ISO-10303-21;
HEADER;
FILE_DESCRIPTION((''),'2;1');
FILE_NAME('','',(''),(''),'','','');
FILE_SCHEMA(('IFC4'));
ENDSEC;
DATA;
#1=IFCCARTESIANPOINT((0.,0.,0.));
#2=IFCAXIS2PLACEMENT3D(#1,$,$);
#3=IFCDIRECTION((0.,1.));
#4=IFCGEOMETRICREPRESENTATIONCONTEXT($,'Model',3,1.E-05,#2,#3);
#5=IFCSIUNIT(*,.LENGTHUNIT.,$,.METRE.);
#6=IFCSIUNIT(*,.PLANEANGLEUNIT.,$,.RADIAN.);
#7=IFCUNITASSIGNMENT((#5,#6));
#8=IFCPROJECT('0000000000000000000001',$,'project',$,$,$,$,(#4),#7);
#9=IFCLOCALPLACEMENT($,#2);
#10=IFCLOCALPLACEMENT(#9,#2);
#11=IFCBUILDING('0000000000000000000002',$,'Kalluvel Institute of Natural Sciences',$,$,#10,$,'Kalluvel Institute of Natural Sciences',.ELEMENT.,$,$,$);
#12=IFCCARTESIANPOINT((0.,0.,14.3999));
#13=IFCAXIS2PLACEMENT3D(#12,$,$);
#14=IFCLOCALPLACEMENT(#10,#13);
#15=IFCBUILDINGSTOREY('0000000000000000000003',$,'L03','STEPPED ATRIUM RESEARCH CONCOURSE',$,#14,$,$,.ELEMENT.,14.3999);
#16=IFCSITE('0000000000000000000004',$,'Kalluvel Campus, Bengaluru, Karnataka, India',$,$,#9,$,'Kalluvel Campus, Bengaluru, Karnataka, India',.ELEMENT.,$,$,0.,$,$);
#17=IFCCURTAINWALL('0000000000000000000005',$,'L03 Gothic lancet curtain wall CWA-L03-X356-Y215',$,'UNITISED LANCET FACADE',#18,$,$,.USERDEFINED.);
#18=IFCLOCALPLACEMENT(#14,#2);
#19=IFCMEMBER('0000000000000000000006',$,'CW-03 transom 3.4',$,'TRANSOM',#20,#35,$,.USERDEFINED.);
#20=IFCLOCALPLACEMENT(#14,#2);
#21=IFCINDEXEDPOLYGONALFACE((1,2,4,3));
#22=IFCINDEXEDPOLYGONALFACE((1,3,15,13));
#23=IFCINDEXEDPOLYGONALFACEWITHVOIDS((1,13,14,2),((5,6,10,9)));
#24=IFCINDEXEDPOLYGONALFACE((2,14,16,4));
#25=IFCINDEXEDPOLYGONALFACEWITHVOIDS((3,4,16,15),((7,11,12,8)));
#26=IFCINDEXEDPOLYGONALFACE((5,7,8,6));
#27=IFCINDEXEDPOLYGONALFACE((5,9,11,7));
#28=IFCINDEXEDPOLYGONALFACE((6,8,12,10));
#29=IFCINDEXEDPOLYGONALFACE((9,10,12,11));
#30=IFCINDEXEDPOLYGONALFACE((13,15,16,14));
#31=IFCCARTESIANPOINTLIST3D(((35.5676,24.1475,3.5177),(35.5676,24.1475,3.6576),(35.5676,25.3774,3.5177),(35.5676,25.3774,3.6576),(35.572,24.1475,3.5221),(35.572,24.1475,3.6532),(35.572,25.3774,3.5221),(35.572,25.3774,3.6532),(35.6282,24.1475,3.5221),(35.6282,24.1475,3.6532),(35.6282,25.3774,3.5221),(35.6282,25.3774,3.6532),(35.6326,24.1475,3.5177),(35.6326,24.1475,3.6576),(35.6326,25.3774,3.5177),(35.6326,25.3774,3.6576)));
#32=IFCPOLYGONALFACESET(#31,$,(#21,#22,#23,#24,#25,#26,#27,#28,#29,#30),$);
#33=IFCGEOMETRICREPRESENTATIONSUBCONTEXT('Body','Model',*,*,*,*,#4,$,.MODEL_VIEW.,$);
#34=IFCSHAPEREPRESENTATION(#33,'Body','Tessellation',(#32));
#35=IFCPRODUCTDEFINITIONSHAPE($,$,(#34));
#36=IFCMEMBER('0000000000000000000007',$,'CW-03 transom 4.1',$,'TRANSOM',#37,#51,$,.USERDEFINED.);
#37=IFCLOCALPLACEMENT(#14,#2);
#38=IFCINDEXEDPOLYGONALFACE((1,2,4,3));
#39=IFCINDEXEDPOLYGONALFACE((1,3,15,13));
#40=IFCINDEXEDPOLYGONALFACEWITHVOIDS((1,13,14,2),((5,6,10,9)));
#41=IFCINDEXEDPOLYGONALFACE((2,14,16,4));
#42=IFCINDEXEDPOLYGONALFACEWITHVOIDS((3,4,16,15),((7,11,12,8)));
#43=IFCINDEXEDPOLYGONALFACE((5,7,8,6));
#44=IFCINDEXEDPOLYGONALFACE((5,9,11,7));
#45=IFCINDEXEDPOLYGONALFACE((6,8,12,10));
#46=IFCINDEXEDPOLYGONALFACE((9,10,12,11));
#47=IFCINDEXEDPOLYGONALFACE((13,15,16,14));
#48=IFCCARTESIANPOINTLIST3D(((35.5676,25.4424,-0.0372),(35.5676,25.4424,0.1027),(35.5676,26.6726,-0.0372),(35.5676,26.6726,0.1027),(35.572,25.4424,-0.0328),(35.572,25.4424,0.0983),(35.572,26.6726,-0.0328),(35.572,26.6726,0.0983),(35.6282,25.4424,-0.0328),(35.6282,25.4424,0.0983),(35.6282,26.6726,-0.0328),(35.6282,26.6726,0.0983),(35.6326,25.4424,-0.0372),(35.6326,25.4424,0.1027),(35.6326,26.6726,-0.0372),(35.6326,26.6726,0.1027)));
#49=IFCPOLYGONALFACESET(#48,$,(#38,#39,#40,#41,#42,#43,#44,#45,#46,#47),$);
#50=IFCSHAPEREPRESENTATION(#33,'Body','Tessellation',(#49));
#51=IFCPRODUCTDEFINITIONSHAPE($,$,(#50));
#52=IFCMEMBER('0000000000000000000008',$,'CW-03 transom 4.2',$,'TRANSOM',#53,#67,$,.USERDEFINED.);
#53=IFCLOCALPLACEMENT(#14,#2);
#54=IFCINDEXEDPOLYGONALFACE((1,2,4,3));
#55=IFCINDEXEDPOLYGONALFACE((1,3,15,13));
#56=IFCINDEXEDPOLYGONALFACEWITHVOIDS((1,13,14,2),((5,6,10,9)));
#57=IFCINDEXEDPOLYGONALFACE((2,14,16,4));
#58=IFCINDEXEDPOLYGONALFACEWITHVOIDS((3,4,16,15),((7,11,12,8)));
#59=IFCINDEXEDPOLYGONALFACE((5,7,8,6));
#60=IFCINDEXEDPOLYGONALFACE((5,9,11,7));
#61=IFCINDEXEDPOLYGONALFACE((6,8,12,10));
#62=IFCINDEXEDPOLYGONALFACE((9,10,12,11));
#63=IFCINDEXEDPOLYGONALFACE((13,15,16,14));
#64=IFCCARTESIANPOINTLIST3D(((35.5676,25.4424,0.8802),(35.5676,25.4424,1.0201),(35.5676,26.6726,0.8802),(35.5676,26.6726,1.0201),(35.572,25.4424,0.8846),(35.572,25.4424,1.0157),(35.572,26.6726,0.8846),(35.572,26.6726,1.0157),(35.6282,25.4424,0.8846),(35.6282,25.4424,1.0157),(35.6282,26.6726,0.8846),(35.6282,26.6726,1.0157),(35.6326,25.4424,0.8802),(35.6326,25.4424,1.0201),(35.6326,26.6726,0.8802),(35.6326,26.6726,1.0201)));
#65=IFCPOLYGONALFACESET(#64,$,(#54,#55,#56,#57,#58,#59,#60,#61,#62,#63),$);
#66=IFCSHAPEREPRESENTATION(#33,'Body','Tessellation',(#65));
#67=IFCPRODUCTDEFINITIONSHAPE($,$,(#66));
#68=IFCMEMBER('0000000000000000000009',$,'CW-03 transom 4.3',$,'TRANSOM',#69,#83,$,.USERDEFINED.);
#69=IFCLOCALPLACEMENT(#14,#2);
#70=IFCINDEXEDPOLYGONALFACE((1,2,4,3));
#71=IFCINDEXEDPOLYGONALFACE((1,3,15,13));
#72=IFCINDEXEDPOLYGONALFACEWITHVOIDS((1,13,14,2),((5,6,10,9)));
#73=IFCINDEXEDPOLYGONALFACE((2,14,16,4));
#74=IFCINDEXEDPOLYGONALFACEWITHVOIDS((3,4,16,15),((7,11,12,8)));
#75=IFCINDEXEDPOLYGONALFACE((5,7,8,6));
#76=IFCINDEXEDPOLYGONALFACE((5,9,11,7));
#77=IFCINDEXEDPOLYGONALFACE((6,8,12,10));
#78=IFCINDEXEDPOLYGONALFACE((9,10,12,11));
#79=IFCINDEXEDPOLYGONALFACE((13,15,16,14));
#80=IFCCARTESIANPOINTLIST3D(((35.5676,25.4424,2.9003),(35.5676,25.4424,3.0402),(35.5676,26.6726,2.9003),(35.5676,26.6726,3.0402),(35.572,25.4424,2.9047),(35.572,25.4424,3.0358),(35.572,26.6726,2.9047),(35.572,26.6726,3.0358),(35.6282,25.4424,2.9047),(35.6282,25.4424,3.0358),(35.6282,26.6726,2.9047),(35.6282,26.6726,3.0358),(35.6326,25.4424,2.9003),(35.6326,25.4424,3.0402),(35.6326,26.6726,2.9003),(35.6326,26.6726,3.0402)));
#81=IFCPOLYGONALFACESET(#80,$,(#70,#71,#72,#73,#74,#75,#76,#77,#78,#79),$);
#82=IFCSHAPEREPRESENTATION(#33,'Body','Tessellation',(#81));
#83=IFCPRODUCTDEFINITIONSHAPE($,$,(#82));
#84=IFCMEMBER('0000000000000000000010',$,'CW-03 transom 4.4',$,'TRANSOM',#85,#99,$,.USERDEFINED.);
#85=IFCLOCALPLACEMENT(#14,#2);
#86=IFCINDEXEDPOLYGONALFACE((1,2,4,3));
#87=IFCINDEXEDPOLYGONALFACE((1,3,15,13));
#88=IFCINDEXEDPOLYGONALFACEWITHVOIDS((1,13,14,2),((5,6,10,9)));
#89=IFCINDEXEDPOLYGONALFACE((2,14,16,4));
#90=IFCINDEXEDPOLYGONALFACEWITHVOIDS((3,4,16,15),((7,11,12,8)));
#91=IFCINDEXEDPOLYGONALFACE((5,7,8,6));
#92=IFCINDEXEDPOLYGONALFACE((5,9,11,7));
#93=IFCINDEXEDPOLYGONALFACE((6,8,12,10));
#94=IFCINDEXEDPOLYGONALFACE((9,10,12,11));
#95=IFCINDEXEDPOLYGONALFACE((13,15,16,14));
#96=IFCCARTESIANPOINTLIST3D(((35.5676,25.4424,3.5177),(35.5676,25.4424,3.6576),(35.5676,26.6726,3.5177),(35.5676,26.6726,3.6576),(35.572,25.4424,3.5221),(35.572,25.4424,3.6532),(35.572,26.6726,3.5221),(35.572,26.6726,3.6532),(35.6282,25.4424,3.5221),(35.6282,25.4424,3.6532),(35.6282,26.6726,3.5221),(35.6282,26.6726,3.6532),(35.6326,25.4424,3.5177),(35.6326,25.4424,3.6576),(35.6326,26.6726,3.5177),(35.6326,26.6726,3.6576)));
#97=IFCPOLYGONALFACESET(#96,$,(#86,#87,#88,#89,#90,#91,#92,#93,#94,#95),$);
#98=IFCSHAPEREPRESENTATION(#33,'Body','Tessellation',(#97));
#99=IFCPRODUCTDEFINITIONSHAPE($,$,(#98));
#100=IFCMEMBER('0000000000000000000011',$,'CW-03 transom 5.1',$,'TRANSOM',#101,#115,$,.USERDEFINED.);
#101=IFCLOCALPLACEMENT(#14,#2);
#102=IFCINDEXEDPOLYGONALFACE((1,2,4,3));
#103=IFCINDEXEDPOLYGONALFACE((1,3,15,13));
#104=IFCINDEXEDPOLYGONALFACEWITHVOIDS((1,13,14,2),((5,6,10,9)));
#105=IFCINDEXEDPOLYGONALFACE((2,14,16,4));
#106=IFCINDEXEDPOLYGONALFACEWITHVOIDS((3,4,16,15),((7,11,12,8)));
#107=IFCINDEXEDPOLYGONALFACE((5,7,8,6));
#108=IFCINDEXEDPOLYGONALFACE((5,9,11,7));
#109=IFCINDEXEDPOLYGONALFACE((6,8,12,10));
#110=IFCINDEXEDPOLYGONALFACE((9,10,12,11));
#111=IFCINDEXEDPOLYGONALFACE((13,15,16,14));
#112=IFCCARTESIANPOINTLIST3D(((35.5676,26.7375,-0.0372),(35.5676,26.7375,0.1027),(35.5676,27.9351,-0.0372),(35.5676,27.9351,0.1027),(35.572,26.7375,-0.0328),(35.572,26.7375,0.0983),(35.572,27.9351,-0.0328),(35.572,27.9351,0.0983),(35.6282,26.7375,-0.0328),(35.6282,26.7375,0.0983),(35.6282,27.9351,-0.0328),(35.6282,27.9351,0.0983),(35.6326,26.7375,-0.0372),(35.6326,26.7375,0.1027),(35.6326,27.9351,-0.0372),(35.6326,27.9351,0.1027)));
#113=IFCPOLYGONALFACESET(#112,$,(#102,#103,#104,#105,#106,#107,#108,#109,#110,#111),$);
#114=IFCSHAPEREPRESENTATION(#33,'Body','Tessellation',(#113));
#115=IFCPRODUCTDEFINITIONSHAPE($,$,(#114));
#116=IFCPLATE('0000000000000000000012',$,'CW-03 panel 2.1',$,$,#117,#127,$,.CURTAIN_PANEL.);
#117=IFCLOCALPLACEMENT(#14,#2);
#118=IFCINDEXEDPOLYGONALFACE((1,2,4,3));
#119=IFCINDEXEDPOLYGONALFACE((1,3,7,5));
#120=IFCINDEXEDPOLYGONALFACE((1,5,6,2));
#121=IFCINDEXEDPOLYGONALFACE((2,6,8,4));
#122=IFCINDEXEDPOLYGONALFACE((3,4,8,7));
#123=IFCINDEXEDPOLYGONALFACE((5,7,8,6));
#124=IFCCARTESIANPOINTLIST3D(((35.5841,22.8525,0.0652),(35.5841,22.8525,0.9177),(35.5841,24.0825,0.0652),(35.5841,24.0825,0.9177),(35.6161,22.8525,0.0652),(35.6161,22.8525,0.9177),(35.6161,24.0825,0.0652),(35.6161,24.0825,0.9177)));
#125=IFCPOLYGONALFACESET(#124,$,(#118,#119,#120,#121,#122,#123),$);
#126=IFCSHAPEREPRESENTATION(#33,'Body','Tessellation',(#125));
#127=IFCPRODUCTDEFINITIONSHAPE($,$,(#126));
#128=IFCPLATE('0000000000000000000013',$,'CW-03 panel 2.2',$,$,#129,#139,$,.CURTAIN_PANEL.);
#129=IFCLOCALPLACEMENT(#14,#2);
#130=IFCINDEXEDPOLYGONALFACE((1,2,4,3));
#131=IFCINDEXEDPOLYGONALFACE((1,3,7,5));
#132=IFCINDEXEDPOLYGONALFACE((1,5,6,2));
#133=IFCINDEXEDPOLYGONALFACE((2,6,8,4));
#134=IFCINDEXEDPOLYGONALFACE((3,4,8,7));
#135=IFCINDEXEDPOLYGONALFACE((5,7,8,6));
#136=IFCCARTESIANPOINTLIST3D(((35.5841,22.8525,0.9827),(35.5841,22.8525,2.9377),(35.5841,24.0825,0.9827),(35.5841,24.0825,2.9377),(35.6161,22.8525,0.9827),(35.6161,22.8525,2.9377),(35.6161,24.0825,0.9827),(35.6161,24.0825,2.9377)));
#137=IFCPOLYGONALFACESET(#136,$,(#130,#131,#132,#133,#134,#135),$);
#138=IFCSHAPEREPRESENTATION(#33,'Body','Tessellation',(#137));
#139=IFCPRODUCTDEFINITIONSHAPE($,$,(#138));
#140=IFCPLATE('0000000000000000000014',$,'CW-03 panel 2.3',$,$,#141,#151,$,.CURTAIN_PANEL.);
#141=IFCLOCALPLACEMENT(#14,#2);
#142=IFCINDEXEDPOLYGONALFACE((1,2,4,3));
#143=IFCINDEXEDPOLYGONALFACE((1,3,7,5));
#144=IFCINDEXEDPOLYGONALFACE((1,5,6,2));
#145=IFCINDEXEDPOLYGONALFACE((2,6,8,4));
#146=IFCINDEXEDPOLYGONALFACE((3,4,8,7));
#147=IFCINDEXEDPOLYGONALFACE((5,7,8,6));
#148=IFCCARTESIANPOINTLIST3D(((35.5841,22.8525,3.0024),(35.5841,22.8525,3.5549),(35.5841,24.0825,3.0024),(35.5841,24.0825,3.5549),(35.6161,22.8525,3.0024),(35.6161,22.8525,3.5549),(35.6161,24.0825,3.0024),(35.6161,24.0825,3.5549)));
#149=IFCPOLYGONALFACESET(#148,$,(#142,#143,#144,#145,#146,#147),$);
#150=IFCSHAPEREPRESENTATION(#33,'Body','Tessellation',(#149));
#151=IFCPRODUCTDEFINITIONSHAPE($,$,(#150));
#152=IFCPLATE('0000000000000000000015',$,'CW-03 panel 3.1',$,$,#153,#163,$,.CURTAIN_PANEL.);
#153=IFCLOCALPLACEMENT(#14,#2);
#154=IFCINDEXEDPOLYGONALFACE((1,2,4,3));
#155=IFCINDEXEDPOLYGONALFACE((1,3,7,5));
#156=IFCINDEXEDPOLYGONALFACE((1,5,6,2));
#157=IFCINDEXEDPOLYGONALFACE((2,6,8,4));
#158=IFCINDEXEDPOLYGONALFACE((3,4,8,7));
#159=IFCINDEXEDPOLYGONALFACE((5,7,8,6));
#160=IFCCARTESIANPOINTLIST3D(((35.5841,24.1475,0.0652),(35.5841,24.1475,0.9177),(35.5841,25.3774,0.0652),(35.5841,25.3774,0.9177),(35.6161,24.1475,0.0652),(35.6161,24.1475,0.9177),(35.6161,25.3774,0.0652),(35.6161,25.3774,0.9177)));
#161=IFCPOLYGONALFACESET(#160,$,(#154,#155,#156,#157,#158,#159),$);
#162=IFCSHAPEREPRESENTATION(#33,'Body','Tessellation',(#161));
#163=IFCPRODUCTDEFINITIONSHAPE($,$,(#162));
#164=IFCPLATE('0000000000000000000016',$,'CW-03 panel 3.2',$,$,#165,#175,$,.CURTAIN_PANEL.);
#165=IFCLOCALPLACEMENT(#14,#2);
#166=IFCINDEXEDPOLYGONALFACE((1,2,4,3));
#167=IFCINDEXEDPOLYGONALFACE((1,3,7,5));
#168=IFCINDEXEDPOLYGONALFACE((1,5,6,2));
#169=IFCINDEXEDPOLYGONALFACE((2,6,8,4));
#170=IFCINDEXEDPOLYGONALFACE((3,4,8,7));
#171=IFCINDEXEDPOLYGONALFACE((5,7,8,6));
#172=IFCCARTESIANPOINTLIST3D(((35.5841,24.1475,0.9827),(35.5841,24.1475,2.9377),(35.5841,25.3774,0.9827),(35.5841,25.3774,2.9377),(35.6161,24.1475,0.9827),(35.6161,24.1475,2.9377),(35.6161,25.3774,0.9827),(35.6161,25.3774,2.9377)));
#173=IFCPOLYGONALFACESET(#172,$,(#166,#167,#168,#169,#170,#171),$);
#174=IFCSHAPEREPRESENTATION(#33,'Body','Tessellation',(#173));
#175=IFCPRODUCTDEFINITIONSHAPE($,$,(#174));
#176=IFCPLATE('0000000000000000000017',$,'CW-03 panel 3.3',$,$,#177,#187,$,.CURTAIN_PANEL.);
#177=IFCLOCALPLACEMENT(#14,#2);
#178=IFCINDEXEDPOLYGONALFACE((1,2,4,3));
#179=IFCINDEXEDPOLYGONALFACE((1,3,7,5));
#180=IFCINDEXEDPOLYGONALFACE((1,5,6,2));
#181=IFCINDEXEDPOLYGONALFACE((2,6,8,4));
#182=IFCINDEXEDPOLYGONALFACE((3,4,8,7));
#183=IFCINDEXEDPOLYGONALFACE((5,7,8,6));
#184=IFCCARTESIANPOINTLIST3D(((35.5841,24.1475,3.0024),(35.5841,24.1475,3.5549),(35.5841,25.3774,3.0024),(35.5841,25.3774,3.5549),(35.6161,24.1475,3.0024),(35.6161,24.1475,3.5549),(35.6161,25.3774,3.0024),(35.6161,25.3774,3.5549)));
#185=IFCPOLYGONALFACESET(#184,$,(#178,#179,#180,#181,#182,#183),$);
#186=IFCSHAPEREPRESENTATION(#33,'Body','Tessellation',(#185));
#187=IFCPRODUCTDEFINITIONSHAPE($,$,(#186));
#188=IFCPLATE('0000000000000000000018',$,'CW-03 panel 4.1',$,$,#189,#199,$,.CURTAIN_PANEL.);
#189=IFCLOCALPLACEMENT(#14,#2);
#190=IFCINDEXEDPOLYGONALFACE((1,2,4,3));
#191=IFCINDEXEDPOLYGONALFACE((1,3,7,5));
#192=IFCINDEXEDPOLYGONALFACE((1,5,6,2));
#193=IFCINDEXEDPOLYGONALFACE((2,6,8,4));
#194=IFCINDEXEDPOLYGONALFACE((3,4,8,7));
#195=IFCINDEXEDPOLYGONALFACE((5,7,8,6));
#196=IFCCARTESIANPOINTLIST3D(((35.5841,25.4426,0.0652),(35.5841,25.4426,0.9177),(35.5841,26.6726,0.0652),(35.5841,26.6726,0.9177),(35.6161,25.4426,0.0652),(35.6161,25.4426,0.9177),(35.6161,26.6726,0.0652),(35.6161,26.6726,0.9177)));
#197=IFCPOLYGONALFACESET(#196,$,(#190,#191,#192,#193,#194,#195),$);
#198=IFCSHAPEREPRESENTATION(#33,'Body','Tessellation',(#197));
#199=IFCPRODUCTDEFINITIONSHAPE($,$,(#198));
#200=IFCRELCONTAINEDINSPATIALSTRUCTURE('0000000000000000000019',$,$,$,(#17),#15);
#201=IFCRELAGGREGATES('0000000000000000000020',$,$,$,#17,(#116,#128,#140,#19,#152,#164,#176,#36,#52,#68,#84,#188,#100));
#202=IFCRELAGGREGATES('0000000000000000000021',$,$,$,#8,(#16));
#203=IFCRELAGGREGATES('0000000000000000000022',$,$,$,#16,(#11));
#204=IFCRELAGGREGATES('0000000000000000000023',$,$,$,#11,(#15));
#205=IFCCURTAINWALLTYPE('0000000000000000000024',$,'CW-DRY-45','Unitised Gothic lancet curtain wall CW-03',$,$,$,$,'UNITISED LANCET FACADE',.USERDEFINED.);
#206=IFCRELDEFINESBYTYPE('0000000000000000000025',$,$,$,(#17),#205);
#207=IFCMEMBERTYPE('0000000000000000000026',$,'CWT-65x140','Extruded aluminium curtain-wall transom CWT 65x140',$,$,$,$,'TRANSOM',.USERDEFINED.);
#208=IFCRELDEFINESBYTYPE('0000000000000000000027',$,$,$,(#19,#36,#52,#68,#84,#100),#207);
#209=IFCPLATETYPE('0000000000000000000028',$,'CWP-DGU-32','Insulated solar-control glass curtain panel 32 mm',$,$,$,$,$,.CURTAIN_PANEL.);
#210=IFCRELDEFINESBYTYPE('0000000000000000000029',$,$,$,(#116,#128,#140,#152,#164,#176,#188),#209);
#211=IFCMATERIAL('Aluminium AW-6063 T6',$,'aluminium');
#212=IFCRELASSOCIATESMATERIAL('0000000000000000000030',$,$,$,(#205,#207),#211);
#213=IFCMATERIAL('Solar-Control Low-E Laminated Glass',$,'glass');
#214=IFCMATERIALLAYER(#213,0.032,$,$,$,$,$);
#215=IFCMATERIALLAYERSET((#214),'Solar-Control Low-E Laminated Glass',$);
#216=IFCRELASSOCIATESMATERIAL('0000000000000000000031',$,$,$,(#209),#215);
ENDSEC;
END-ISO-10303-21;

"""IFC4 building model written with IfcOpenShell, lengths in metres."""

from ifc_helpers import new_model, si_unit, direction, frame, origin, origin_2d, place, context, subcontext, project, spatial, rectangle, hollow_rectangle, extrude, material, layer, layer_set, material_profile, profile_set, type_object, element, aggregate, save


model = new_model("IFC4")

# Units and contexts
model_context = context("Model", 3, precision=1e-05, world=origin(), true_north=direction((0.0, 1.0)))
body_context = subcontext(model_context, "Body", "Model", "MODEL_VIEW")
ifc_project = project(units=[si_unit("LENGTHUNIT", "METRE"), si_unit("PLANEANGLEUNIT", "RADIAN")], contexts=[model_context])

# Site, building, storey
site_placement = place(None, origin())
site = spatial("IfcSite", under=ifc_project, at=site_placement, Name="Kalluvel Campus, Bengaluru, Karnataka, India", LongName="Kalluvel Campus, Bengaluru, Karnataka, India", CompositionType="ELEMENT", RefElevation=0.0)
building_placement = place(site_placement, origin())
building = spatial("IfcBuilding", under=site, at=building_placement, Name="Kalluvel Institute of Natural Sciences", LongName="Kalluvel Institute of Natural Sciences", CompositionType="ELEMENT")
storey_placement = place(building_placement, frame((0.0, 0.0, 14.3999)))
storey = spatial("IfcBuildingStorey", under=building, at=storey_placement, Name="L03", Description="STEPPED ATRIUM RESEARCH CONCOURSE", CompositionType="ELEMENT", Elevation=14.3999)

# Curtain wall, members, plates
ifc_material_1 = material(Name="Aluminium AW-6063 T6", Category="aluminium")
curtain_wall_type = type_object("IfcCurtainWallType", Name="CW-DRY-45", Description="Unitised Gothic lancet curtain wall CW-03", ElementType="UNITISED LANCET FACADE", PredefinedType="USERDEFINED", material=ifc_material_1)
curtain_wall_placement = place(storey_placement, origin())
curtain_wall = element("IfcCurtainWall", 1, at=curtain_wall_placement, inside=storey, type_object=curtain_wall_type, Name="L03 Gothic lancet curtain wall CWA-L03-X356-Y215", ObjectType="UNITISED LANCET FACADE", PredefinedType="USERDEFINED")
ifc_material_profile_1 = material_profile(ifc_material_1, hollow_rectangle(XDim=0.0649, YDim=0.1399, WallThickness=0.0044, at=origin_2d()), Name="CWT 65x140")
ifc_profile_set_1 = profile_set([ifc_material_profile_1], Name="Aluminium AW-6063 T6")
member_type_1 = type_object("IfcMemberType", Name="CWT-65x140", Description="Extruded aluminium curtain-wall transom CWT 65x140", ElementType="TRANSOM", PredefinedType="USERDEFINED", material=ifc_profile_set_1)
member_1_placement = place(storey_placement, frame((35.6001, 24.1475, 3.5876), z_axis=(0.0, 1.0, 0.0), x_axis=(-1.0, 0.0, 0.0)))
member_1 = element("IfcMember", 2, at=member_1_placement, type_object=member_type_1, Name="CW-03 transom 3.4", ObjectType="TRANSOM", PredefinedType="USERDEFINED", context=body_context, shape_type="SweptSolid", body=[
    extrude(hollow_rectangle(XDim=0.0649, YDim=0.1399, WallThickness=0.0044, at=origin_2d()), origin(), (0.0, 0.0, 1.0), 1.23),
])
member_2_placement = place(storey_placement, frame((35.6001, 25.4424, 0.0327), z_axis=(0.0, 1.0, 0.0), x_axis=(-1.0, 0.0, 0.0)))
member_2 = element("IfcMember", 3, at=member_2_placement, type_object=member_type_1, Name="CW-03 transom 4.1", ObjectType="TRANSOM", PredefinedType="USERDEFINED", context=body_context, shape_type="SweptSolid", body=[
    extrude(hollow_rectangle(XDim=0.0649, YDim=0.1399, WallThickness=0.0044, at=origin_2d()), origin(), (0.0, 0.0, 1.0), 1.2302),
])
member_3_placement = place(storey_placement, frame((35.6001, 25.4424, 0.9502), z_axis=(0.0, 1.0, 0.0), x_axis=(-1.0, 0.0, 0.0)))
member_3 = element("IfcMember", 4, at=member_3_placement, type_object=member_type_1, Name="CW-03 transom 4.2", ObjectType="TRANSOM", PredefinedType="USERDEFINED", context=body_context, shape_type="SweptSolid", body=[
    extrude(hollow_rectangle(XDim=0.0649, YDim=0.1399, WallThickness=0.0044, at=origin_2d()), origin(), (0.0, 0.0, 1.0), 1.2302),
])
member_4_placement = place(storey_placement, frame((35.6001, 25.4424, 2.9702), z_axis=(0.0, 1.0, 0.0), x_axis=(-1.0, 0.0, 0.0)))
member_4 = element("IfcMember", 5, at=member_4_placement, type_object=member_type_1, Name="CW-03 transom 4.3", ObjectType="TRANSOM", PredefinedType="USERDEFINED", context=body_context, shape_type="SweptSolid", body=[
    extrude(hollow_rectangle(XDim=0.0649, YDim=0.1399, WallThickness=0.0044, at=origin_2d()), origin(), (0.0, 0.0, 1.0), 1.2302),
])
member_5_placement = place(storey_placement, frame((35.6001, 25.4424, 3.5876), z_axis=(0.0, 1.0, 0.0), x_axis=(-1.0, 0.0, 0.0)))
member_5 = element("IfcMember", 6, at=member_5_placement, type_object=member_type_1, Name="CW-03 transom 4.4", ObjectType="TRANSOM", PredefinedType="USERDEFINED", context=body_context, shape_type="SweptSolid", body=[
    extrude(hollow_rectangle(XDim=0.0649, YDim=0.1399, WallThickness=0.0044, at=origin_2d()), origin(), (0.0, 0.0, 1.0), 1.2302),
])
member_6_placement = place(storey_placement, frame((35.6001, 26.7375, 0.0327), z_axis=(0.0, 1.0, 0.0), x_axis=(-1.0, 0.0, 0.0)))
member_6 = element("IfcMember", 7, at=member_6_placement, type_object=member_type_1, Name="CW-03 transom 5.1", ObjectType="TRANSOM", PredefinedType="USERDEFINED", context=body_context, shape_type="SweptSolid", body=[
    extrude(hollow_rectangle(XDim=0.0649, YDim=0.1399, WallThickness=0.0044, at=origin_2d()), origin(), (0.0, 0.0, 1.0), 1.1975),
])
ifc_material_2 = material(Name="Solar-Control Low-E Laminated Glass", Category="glass")
ifc_layer = layer(ifc_material_2, 0.032)
ifc_layer_set = layer_set([ifc_layer], Name="Solar-Control Low-E Laminated Glass")
plate_type = type_object("IfcPlateType", Name="CWP-DGU-32", Description="Insulated solar-control glass curtain panel 32 mm", PredefinedType="CURTAIN_PANEL", material=ifc_layer_set)
plate_1_placement = place(storey_placement, frame((35.6001, 23.4675, 0.0652), z_axis=(0.0, 0.0, 1.0), x_axis=(0.0, 1.0, 0.0)))
plate_1 = element("IfcPlate", 8, at=plate_1_placement, type_object=plate_type, Name="CW-03 panel 2.1", PredefinedType="CURTAIN_PANEL", context=body_context, shape_type="SweptSolid", body=[
    extrude(rectangle(XDim=1.23, YDim=0.032, at=origin_2d()), origin(), (0.0, 0.0, 1.0), 0.8525),
])
plate_2_placement = place(storey_placement, frame((35.6001, 23.4675, 0.9827), z_axis=(0.0, 0.0, 1.0), x_axis=(0.0, 1.0, 0.0)))
plate_2 = element("IfcPlate", 9, at=plate_2_placement, type_object=plate_type, Name="CW-03 panel 2.2", PredefinedType="CURTAIN_PANEL", context=body_context, shape_type="SweptSolid", body=[
    extrude(rectangle(XDim=1.23, YDim=0.032, at=origin_2d()), origin(), (0.0, 0.0, 1.0), 1.9551),
])
plate_3_placement = place(storey_placement, frame((35.6001, 23.4675, 3.0024), z_axis=(0.0, 0.0, 1.0), x_axis=(0.0, 1.0, 0.0)))
plate_3 = element("IfcPlate", 10, at=plate_3_placement, type_object=plate_type, Name="CW-03 panel 2.3", PredefinedType="CURTAIN_PANEL", context=body_context, shape_type="SweptSolid", body=[
    extrude(rectangle(XDim=1.23, YDim=0.032, at=origin_2d()), origin(), (0.0, 0.0, 1.0), 0.5525),
])
plate_4_placement = place(storey_placement, frame((35.6001, 24.7625, 0.0652), z_axis=(0.0, 0.0, 1.0), x_axis=(0.0, 1.0, 0.0)))
plate_4 = element("IfcPlate", 11, at=plate_4_placement, type_object=plate_type, Name="CW-03 panel 3.1", PredefinedType="CURTAIN_PANEL", context=body_context, shape_type="SweptSolid", body=[
    extrude(rectangle(XDim=1.23, YDim=0.032, at=origin_2d()), origin(), (0.0, 0.0, 1.0), 0.8525),
])
plate_5_placement = place(storey_placement, frame((35.6001, 24.7625, 0.9827), z_axis=(0.0, 0.0, 1.0), x_axis=(0.0, 1.0, 0.0)))
plate_5 = element("IfcPlate", 12, at=plate_5_placement, type_object=plate_type, Name="CW-03 panel 3.2", PredefinedType="CURTAIN_PANEL", context=body_context, shape_type="SweptSolid", body=[
    extrude(rectangle(XDim=1.23, YDim=0.032, at=origin_2d()), origin(), (0.0, 0.0, 1.0), 1.9551),
])
plate_6_placement = place(storey_placement, frame((35.6001, 24.7625, 3.0024), z_axis=(0.0, 0.0, 1.0), x_axis=(0.0, 1.0, 0.0)))
plate_6 = element("IfcPlate", 13, at=plate_6_placement, type_object=plate_type, Name="CW-03 panel 3.3", PredefinedType="CURTAIN_PANEL", context=body_context, shape_type="SweptSolid", body=[
    extrude(rectangle(XDim=1.23, YDim=0.032, at=origin_2d()), origin(), (0.0, 0.0, 1.0), 0.5525),
])
plate_7_placement = place(storey_placement, frame((35.6001, 26.0576, 0.0652), z_axis=(0.0, 0.0, 1.0), x_axis=(0.0, 1.0, 0.0)))
plate_7 = element("IfcPlate", 14, at=plate_7_placement, type_object=plate_type, Name="CW-03 panel 4.1", PredefinedType="CURTAIN_PANEL", context=body_context, shape_type="SweptSolid", body=[
    extrude(rectangle(XDim=1.23, YDim=0.032, at=origin_2d()), origin(), (0.0, 0.0, 1.0), 0.8525),
])
aggregate(curtain_wall, [plate_1, plate_2, plate_3, member_1, plate_4, plate_5, plate_6, member_2, member_3, member_4, member_5, plate_7, member_6])

save(model, "model.ifc")
